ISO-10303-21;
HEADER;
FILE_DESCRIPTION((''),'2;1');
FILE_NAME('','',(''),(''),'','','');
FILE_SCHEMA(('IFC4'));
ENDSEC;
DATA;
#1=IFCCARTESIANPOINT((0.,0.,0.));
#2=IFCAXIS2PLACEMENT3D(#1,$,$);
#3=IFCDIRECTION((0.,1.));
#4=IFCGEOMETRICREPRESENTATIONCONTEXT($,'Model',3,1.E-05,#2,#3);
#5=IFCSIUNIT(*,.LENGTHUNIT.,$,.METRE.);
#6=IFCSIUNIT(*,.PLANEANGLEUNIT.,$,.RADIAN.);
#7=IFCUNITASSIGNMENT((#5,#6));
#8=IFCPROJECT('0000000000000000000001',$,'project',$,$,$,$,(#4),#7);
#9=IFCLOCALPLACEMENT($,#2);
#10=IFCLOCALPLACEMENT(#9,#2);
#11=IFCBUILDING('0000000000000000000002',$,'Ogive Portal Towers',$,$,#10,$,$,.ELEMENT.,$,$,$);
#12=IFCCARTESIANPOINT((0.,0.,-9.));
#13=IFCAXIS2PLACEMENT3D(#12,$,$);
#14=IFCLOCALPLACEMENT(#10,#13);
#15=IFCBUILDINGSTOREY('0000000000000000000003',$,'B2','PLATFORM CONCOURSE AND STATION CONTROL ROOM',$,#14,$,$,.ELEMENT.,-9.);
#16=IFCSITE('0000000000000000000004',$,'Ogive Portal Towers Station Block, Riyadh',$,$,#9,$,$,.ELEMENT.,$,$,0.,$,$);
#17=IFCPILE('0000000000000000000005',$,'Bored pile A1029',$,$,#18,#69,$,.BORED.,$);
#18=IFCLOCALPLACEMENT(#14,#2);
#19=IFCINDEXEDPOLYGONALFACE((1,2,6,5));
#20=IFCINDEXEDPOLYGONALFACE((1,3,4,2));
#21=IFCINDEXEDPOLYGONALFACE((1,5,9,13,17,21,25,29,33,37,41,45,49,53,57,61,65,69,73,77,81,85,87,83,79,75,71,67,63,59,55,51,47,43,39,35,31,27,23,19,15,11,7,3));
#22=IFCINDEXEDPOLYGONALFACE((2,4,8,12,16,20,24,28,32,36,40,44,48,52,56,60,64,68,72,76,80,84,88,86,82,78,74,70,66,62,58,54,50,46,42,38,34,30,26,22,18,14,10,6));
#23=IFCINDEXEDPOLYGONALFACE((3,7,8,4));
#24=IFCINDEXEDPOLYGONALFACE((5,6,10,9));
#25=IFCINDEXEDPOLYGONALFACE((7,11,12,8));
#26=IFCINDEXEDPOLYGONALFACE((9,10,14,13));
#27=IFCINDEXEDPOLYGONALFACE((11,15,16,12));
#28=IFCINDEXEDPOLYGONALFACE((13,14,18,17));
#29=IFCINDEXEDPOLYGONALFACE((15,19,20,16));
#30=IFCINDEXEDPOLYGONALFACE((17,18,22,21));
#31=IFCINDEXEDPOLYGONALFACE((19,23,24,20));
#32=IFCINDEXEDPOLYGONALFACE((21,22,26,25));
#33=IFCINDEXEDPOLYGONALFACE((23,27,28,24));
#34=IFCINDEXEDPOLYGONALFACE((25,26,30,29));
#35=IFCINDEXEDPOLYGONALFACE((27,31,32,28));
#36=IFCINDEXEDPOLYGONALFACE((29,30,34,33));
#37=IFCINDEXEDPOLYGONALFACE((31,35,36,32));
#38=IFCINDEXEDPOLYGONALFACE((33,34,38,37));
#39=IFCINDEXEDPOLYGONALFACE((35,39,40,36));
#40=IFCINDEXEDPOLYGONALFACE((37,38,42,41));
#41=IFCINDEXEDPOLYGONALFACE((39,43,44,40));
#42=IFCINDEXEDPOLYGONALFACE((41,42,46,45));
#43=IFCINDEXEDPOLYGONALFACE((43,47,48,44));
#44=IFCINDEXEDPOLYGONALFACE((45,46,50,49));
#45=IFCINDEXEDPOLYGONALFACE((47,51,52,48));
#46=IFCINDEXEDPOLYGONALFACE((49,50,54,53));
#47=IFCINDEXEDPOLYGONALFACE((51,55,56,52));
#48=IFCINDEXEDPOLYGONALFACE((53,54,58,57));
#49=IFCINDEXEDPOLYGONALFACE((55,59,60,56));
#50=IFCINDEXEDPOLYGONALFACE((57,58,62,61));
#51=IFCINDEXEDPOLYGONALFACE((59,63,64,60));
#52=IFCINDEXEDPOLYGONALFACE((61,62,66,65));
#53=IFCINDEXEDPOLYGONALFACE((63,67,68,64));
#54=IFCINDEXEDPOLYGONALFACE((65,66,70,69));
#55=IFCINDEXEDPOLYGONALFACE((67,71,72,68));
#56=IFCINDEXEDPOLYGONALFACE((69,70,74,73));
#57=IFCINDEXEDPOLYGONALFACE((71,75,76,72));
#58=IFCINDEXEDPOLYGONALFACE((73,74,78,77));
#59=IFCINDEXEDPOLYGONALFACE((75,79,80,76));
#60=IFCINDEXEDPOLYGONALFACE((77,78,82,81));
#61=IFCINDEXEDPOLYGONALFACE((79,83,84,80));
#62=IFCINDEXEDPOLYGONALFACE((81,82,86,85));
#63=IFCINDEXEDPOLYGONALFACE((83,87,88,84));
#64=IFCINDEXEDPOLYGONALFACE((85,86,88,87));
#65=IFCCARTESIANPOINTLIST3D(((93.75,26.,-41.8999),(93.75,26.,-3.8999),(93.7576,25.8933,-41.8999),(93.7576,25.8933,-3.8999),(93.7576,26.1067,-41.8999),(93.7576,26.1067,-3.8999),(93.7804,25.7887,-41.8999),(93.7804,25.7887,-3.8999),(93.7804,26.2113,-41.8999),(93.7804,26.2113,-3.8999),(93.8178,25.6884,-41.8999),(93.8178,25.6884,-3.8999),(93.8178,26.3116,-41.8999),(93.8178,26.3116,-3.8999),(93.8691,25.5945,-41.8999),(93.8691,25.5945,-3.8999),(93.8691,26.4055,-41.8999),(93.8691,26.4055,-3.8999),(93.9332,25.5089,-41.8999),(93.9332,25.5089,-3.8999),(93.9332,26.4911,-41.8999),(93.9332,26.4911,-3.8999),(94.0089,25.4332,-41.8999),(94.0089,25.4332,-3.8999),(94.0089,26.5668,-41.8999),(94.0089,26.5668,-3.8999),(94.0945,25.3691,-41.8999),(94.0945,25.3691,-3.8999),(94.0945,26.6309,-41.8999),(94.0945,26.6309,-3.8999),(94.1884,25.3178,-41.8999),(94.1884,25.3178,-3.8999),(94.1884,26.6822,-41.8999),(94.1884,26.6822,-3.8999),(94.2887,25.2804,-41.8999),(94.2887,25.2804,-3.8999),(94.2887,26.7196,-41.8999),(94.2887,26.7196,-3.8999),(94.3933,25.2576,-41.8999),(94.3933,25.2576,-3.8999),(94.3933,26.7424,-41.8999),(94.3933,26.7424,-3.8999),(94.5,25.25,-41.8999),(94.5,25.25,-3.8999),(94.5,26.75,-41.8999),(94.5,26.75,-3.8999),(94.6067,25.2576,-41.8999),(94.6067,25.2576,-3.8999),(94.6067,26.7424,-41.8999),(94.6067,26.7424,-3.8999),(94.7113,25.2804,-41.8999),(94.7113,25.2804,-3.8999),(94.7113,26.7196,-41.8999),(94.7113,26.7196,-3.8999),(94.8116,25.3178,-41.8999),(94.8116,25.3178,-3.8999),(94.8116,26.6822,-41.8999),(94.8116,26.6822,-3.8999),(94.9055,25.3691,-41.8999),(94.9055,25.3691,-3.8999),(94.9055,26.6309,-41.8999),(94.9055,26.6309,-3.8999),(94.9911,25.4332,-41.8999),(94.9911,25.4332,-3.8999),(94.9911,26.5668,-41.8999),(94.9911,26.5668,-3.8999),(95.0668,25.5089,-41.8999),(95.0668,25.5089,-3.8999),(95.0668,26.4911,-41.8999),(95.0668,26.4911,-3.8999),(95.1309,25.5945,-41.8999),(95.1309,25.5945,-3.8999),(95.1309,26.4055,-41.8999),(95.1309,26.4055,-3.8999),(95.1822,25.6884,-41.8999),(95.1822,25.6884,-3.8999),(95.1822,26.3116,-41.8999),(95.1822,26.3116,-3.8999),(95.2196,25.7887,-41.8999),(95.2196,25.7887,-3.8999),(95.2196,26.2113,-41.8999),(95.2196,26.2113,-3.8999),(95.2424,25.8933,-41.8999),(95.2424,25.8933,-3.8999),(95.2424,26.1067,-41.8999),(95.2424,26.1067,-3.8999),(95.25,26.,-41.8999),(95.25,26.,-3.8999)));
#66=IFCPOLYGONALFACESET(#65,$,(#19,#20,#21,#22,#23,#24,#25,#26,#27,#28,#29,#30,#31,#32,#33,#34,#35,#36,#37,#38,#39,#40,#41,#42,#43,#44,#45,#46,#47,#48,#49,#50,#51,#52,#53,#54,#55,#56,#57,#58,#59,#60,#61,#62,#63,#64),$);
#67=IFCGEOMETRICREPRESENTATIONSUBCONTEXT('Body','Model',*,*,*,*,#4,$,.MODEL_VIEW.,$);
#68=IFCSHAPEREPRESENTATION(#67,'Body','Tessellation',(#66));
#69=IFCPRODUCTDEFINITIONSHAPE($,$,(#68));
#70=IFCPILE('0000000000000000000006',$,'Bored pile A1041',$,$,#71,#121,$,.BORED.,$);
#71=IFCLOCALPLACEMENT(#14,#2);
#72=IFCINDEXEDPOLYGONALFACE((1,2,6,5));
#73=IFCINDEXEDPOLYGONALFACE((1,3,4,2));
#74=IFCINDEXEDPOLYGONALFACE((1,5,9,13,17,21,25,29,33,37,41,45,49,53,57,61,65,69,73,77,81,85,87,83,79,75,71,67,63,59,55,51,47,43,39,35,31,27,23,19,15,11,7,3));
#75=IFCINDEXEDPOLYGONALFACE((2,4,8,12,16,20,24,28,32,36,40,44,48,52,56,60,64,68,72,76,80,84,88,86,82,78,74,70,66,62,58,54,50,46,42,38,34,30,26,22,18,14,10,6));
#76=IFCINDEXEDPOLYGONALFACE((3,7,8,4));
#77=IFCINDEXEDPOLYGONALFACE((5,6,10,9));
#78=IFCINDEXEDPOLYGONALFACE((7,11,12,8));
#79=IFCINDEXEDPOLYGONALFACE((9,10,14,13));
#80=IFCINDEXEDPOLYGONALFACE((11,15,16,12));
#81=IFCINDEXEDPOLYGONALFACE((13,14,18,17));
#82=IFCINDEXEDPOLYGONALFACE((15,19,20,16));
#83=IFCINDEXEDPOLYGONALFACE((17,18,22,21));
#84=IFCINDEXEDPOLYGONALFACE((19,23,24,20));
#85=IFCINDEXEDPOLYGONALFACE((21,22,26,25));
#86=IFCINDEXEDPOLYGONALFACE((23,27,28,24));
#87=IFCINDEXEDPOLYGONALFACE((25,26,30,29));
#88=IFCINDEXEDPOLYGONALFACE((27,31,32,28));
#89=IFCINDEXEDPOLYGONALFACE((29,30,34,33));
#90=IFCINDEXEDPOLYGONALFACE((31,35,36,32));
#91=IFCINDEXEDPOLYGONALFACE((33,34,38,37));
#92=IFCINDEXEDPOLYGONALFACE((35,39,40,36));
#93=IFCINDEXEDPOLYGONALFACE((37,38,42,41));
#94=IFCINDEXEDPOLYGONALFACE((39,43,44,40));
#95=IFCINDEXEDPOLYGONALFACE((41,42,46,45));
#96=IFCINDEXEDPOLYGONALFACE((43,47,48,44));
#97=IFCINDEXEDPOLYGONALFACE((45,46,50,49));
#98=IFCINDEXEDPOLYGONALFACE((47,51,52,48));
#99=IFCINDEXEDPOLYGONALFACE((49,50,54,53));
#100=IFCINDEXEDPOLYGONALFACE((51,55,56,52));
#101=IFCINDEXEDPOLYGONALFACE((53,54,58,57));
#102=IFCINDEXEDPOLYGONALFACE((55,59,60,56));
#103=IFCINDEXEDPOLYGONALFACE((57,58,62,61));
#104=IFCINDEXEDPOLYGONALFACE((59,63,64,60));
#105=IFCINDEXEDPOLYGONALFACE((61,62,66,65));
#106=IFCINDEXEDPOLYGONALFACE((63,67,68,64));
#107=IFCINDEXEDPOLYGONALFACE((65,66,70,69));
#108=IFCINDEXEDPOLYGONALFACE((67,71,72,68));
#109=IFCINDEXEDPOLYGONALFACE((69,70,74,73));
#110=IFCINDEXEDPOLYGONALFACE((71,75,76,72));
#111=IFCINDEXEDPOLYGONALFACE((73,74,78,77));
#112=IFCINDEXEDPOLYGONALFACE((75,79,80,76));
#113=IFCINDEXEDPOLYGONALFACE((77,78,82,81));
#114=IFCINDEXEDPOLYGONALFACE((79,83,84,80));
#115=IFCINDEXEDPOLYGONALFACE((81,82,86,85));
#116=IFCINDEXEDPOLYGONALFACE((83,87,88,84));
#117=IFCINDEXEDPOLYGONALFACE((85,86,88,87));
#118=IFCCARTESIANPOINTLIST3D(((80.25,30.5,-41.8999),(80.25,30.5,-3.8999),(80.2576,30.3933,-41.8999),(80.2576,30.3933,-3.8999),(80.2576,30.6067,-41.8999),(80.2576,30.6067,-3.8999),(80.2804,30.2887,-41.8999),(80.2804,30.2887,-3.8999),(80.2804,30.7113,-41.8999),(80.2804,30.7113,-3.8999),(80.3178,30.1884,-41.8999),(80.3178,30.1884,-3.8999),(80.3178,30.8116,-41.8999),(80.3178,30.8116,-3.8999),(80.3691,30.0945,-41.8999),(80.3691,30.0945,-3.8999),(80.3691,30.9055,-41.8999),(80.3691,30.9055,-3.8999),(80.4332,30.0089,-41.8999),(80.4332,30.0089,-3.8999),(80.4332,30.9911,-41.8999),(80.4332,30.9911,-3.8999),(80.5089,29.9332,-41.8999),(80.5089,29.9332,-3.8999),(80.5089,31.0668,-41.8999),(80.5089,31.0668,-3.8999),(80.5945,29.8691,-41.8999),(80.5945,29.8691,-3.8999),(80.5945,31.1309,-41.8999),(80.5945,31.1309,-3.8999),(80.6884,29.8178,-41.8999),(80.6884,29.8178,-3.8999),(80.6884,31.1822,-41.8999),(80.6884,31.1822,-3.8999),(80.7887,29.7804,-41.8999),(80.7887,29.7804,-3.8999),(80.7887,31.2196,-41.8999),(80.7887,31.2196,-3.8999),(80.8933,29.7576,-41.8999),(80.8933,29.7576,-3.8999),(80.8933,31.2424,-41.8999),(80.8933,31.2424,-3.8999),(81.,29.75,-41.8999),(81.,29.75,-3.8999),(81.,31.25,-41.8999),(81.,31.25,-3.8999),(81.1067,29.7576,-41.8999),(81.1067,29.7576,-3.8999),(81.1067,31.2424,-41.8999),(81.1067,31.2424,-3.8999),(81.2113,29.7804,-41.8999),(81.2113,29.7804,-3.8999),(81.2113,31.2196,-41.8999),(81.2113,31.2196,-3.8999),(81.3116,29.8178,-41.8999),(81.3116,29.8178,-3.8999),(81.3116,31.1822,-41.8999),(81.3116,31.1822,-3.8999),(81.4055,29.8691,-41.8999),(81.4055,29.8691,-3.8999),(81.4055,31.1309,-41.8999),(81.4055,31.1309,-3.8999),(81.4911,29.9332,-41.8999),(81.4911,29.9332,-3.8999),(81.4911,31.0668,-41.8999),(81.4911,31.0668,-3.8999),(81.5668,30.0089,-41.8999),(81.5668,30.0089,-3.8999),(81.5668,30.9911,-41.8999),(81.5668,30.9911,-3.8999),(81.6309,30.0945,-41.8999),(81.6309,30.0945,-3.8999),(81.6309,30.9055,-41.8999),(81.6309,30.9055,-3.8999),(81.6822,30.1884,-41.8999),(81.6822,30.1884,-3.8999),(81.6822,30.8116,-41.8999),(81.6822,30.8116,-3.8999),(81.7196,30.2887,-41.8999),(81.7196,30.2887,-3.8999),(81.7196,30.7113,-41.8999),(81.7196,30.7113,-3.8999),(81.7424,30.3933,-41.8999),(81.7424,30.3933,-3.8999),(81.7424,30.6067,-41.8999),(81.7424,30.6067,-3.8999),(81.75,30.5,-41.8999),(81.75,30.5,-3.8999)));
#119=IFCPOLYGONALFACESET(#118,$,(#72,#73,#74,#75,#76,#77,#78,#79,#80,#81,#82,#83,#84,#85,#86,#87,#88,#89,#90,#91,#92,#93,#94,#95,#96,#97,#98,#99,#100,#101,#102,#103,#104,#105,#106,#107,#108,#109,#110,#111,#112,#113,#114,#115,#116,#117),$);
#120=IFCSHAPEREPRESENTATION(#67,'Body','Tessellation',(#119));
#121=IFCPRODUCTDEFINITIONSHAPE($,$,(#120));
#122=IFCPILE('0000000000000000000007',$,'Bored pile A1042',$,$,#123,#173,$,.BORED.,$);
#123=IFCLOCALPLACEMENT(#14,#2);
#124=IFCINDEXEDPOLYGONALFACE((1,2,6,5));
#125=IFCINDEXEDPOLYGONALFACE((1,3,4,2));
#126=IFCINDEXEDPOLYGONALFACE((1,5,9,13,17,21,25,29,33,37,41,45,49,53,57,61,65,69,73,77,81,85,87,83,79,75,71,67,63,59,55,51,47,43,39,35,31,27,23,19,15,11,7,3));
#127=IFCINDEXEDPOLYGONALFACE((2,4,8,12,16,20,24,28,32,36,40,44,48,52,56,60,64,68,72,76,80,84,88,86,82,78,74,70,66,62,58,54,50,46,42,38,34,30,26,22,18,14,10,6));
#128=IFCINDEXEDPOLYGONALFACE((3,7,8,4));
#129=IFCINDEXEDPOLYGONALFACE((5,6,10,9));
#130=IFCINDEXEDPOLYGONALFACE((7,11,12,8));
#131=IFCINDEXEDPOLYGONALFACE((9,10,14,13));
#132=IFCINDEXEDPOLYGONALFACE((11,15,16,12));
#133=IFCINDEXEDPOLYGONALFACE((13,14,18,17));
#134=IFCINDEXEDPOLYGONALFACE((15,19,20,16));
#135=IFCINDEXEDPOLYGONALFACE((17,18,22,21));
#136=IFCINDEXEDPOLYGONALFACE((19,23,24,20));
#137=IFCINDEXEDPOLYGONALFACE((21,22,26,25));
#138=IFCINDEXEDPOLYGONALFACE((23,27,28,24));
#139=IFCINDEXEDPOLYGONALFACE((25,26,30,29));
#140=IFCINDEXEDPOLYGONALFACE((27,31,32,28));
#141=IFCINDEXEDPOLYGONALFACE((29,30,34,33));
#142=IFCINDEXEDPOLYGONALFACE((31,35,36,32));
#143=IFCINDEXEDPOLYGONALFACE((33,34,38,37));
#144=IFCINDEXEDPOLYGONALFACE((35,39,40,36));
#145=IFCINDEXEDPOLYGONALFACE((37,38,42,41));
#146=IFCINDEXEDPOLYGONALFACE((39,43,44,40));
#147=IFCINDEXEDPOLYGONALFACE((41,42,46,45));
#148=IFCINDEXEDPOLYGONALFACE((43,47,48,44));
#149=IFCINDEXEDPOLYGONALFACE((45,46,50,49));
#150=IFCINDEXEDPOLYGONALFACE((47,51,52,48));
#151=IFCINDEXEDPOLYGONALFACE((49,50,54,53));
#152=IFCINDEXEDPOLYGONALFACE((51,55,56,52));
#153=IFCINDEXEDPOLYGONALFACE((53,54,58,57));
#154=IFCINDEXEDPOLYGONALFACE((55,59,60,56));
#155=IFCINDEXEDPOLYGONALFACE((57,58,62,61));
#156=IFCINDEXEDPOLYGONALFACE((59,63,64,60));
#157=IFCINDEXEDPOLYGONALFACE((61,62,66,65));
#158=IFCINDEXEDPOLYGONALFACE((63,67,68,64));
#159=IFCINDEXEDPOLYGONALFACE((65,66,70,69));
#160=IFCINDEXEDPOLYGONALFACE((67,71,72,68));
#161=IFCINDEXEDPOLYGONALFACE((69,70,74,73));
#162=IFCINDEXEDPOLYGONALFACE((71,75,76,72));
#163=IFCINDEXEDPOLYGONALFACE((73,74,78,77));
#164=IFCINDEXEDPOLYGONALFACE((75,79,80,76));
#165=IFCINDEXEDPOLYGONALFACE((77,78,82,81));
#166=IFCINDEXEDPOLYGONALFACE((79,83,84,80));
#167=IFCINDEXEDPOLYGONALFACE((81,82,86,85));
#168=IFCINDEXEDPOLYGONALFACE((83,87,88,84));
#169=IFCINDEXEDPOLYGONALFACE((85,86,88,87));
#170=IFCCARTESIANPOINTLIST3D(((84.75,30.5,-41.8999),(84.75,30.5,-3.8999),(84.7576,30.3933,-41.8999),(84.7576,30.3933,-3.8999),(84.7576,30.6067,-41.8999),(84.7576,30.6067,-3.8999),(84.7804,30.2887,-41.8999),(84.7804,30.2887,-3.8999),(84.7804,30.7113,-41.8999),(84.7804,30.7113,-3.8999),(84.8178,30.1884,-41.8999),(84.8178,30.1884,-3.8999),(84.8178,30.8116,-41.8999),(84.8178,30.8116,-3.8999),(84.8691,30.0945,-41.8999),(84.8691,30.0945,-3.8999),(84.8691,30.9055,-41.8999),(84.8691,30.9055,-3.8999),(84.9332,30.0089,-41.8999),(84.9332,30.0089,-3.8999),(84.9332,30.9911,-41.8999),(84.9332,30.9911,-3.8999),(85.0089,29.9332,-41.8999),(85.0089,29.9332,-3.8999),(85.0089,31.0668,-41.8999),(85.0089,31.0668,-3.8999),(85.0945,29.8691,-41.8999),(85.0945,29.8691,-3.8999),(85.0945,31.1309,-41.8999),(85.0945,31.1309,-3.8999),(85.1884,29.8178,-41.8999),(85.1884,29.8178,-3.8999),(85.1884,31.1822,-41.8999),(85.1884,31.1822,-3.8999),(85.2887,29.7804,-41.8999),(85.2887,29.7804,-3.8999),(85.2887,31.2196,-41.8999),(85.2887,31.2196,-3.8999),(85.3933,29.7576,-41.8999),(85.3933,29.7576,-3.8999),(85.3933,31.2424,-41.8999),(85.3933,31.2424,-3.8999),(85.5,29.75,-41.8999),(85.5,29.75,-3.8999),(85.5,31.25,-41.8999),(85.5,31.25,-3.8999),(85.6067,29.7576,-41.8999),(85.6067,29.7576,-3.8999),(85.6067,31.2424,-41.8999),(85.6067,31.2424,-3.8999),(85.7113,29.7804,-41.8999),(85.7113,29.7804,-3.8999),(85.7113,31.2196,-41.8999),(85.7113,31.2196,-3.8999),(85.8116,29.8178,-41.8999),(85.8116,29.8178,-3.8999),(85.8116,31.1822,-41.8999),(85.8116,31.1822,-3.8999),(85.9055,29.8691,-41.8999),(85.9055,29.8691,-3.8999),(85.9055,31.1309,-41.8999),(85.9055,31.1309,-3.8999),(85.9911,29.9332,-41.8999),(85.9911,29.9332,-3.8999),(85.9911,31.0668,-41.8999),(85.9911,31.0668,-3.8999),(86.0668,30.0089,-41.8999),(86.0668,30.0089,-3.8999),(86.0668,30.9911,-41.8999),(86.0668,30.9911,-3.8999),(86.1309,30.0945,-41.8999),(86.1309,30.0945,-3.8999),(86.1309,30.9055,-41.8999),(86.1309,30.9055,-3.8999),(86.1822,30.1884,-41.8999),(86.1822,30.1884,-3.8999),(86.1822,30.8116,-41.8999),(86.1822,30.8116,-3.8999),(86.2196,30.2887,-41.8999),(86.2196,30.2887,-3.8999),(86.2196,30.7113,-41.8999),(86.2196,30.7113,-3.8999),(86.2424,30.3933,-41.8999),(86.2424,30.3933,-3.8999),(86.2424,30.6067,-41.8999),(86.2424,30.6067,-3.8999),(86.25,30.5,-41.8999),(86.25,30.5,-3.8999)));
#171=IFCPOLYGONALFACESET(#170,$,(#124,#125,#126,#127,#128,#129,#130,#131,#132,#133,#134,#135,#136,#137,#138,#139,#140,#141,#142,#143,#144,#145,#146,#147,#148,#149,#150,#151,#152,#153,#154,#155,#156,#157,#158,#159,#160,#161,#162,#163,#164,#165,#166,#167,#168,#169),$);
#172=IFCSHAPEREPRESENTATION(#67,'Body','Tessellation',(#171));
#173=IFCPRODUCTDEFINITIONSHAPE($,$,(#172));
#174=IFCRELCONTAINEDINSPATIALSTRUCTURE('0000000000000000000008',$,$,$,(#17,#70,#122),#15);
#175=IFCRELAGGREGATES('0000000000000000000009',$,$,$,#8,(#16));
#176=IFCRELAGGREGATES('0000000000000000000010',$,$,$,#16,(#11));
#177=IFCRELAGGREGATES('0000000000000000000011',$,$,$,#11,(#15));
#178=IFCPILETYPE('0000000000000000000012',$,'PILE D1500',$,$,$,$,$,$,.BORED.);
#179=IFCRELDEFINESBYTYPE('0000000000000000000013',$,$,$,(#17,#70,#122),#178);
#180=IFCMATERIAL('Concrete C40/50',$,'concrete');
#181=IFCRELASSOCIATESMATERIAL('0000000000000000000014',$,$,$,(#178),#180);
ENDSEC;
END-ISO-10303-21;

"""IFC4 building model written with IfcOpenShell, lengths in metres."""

from ifc_helpers import new_model, si_unit, direction, frame, origin, origin_2d, place, context, subcontext, project, spatial, circle, extrude, material, material_profile, profile_set, type_object, element, save


model = new_model("IFC4")

# Units and contexts
model_context = context("Model", 3, precision=1e-05, world=origin(), true_north=direction((0.0, 1.0)))
body_context = subcontext(model_context, "Body", "Model", "MODEL_VIEW")
ifc_project = project(units=[si_unit("LENGTHUNIT", "METRE"), si_unit("PLANEANGLEUNIT", "RADIAN")], contexts=[model_context])

# Site, building, storey
site_placement = place(None, origin())
site = spatial("IfcSite", under=ifc_project, at=site_placement, Name="Ogive Portal Towers Station Block, Riyadh", CompositionType="ELEMENT", RefElevation=0.0)
building_placement = place(site_placement, origin())
building = spatial("IfcBuilding", under=site, at=building_placement, Name="Ogive Portal Towers", CompositionType="ELEMENT")
storey_placement = place(building_placement, frame((0.0, 0.0, -9.0)))
storey = spatial("IfcBuildingStorey", under=building, at=storey_placement, Name="B2", Description="PLATFORM CONCOURSE AND STATION CONTROL ROOM", CompositionType="ELEMENT", Elevation=-9.0)

# Piles
ifc_material_1 = material(Name="Concrete C40/50", Category="concrete")
ifc_material_profile_1 = material_profile(ifc_material_1, circle(Radius=0.75, at=origin_2d()), Name="PILE D1500")
ifc_profile_set_1 = profile_set([ifc_material_profile_1], Name="Concrete C40/50")
pile_type = type_object("IfcPileType", Name="PILE D1500", PredefinedType="BORED", material=ifc_profile_set_1)
for number, where, z_axis, x_axis, name in (
    (1, (94.5, 26.0, -3.8999), (0.0, 0.0, -1.0), (1.0, 0.0, 0.0), "Bored pile A1029"),
    (2, (81.0, 30.5, -3.8999), (0.0, 0.0, -1.0), (1.0, 0.0, 0.0), "Bored pile A1041"),
    (3, (85.5, 30.5, -3.8999), (0.0, 0.0, -1.0), (1.0, 0.0, 0.0), "Bored pile A1042"),
):
    element("IfcPile", number, at=place(storey_placement, frame(where, z_axis=z_axis, x_axis=x_axis)), inside=storey, type_object=pile_type, Name=name, PredefinedType="BORED", context=body_context, shape_type="SweptSolid", body=[
        extrude(circle(Radius=0.75, at=origin_2d()), origin(), (0.0, 0.0, 1.0), 38.0),
    ])

save(model, "model.ifc")
